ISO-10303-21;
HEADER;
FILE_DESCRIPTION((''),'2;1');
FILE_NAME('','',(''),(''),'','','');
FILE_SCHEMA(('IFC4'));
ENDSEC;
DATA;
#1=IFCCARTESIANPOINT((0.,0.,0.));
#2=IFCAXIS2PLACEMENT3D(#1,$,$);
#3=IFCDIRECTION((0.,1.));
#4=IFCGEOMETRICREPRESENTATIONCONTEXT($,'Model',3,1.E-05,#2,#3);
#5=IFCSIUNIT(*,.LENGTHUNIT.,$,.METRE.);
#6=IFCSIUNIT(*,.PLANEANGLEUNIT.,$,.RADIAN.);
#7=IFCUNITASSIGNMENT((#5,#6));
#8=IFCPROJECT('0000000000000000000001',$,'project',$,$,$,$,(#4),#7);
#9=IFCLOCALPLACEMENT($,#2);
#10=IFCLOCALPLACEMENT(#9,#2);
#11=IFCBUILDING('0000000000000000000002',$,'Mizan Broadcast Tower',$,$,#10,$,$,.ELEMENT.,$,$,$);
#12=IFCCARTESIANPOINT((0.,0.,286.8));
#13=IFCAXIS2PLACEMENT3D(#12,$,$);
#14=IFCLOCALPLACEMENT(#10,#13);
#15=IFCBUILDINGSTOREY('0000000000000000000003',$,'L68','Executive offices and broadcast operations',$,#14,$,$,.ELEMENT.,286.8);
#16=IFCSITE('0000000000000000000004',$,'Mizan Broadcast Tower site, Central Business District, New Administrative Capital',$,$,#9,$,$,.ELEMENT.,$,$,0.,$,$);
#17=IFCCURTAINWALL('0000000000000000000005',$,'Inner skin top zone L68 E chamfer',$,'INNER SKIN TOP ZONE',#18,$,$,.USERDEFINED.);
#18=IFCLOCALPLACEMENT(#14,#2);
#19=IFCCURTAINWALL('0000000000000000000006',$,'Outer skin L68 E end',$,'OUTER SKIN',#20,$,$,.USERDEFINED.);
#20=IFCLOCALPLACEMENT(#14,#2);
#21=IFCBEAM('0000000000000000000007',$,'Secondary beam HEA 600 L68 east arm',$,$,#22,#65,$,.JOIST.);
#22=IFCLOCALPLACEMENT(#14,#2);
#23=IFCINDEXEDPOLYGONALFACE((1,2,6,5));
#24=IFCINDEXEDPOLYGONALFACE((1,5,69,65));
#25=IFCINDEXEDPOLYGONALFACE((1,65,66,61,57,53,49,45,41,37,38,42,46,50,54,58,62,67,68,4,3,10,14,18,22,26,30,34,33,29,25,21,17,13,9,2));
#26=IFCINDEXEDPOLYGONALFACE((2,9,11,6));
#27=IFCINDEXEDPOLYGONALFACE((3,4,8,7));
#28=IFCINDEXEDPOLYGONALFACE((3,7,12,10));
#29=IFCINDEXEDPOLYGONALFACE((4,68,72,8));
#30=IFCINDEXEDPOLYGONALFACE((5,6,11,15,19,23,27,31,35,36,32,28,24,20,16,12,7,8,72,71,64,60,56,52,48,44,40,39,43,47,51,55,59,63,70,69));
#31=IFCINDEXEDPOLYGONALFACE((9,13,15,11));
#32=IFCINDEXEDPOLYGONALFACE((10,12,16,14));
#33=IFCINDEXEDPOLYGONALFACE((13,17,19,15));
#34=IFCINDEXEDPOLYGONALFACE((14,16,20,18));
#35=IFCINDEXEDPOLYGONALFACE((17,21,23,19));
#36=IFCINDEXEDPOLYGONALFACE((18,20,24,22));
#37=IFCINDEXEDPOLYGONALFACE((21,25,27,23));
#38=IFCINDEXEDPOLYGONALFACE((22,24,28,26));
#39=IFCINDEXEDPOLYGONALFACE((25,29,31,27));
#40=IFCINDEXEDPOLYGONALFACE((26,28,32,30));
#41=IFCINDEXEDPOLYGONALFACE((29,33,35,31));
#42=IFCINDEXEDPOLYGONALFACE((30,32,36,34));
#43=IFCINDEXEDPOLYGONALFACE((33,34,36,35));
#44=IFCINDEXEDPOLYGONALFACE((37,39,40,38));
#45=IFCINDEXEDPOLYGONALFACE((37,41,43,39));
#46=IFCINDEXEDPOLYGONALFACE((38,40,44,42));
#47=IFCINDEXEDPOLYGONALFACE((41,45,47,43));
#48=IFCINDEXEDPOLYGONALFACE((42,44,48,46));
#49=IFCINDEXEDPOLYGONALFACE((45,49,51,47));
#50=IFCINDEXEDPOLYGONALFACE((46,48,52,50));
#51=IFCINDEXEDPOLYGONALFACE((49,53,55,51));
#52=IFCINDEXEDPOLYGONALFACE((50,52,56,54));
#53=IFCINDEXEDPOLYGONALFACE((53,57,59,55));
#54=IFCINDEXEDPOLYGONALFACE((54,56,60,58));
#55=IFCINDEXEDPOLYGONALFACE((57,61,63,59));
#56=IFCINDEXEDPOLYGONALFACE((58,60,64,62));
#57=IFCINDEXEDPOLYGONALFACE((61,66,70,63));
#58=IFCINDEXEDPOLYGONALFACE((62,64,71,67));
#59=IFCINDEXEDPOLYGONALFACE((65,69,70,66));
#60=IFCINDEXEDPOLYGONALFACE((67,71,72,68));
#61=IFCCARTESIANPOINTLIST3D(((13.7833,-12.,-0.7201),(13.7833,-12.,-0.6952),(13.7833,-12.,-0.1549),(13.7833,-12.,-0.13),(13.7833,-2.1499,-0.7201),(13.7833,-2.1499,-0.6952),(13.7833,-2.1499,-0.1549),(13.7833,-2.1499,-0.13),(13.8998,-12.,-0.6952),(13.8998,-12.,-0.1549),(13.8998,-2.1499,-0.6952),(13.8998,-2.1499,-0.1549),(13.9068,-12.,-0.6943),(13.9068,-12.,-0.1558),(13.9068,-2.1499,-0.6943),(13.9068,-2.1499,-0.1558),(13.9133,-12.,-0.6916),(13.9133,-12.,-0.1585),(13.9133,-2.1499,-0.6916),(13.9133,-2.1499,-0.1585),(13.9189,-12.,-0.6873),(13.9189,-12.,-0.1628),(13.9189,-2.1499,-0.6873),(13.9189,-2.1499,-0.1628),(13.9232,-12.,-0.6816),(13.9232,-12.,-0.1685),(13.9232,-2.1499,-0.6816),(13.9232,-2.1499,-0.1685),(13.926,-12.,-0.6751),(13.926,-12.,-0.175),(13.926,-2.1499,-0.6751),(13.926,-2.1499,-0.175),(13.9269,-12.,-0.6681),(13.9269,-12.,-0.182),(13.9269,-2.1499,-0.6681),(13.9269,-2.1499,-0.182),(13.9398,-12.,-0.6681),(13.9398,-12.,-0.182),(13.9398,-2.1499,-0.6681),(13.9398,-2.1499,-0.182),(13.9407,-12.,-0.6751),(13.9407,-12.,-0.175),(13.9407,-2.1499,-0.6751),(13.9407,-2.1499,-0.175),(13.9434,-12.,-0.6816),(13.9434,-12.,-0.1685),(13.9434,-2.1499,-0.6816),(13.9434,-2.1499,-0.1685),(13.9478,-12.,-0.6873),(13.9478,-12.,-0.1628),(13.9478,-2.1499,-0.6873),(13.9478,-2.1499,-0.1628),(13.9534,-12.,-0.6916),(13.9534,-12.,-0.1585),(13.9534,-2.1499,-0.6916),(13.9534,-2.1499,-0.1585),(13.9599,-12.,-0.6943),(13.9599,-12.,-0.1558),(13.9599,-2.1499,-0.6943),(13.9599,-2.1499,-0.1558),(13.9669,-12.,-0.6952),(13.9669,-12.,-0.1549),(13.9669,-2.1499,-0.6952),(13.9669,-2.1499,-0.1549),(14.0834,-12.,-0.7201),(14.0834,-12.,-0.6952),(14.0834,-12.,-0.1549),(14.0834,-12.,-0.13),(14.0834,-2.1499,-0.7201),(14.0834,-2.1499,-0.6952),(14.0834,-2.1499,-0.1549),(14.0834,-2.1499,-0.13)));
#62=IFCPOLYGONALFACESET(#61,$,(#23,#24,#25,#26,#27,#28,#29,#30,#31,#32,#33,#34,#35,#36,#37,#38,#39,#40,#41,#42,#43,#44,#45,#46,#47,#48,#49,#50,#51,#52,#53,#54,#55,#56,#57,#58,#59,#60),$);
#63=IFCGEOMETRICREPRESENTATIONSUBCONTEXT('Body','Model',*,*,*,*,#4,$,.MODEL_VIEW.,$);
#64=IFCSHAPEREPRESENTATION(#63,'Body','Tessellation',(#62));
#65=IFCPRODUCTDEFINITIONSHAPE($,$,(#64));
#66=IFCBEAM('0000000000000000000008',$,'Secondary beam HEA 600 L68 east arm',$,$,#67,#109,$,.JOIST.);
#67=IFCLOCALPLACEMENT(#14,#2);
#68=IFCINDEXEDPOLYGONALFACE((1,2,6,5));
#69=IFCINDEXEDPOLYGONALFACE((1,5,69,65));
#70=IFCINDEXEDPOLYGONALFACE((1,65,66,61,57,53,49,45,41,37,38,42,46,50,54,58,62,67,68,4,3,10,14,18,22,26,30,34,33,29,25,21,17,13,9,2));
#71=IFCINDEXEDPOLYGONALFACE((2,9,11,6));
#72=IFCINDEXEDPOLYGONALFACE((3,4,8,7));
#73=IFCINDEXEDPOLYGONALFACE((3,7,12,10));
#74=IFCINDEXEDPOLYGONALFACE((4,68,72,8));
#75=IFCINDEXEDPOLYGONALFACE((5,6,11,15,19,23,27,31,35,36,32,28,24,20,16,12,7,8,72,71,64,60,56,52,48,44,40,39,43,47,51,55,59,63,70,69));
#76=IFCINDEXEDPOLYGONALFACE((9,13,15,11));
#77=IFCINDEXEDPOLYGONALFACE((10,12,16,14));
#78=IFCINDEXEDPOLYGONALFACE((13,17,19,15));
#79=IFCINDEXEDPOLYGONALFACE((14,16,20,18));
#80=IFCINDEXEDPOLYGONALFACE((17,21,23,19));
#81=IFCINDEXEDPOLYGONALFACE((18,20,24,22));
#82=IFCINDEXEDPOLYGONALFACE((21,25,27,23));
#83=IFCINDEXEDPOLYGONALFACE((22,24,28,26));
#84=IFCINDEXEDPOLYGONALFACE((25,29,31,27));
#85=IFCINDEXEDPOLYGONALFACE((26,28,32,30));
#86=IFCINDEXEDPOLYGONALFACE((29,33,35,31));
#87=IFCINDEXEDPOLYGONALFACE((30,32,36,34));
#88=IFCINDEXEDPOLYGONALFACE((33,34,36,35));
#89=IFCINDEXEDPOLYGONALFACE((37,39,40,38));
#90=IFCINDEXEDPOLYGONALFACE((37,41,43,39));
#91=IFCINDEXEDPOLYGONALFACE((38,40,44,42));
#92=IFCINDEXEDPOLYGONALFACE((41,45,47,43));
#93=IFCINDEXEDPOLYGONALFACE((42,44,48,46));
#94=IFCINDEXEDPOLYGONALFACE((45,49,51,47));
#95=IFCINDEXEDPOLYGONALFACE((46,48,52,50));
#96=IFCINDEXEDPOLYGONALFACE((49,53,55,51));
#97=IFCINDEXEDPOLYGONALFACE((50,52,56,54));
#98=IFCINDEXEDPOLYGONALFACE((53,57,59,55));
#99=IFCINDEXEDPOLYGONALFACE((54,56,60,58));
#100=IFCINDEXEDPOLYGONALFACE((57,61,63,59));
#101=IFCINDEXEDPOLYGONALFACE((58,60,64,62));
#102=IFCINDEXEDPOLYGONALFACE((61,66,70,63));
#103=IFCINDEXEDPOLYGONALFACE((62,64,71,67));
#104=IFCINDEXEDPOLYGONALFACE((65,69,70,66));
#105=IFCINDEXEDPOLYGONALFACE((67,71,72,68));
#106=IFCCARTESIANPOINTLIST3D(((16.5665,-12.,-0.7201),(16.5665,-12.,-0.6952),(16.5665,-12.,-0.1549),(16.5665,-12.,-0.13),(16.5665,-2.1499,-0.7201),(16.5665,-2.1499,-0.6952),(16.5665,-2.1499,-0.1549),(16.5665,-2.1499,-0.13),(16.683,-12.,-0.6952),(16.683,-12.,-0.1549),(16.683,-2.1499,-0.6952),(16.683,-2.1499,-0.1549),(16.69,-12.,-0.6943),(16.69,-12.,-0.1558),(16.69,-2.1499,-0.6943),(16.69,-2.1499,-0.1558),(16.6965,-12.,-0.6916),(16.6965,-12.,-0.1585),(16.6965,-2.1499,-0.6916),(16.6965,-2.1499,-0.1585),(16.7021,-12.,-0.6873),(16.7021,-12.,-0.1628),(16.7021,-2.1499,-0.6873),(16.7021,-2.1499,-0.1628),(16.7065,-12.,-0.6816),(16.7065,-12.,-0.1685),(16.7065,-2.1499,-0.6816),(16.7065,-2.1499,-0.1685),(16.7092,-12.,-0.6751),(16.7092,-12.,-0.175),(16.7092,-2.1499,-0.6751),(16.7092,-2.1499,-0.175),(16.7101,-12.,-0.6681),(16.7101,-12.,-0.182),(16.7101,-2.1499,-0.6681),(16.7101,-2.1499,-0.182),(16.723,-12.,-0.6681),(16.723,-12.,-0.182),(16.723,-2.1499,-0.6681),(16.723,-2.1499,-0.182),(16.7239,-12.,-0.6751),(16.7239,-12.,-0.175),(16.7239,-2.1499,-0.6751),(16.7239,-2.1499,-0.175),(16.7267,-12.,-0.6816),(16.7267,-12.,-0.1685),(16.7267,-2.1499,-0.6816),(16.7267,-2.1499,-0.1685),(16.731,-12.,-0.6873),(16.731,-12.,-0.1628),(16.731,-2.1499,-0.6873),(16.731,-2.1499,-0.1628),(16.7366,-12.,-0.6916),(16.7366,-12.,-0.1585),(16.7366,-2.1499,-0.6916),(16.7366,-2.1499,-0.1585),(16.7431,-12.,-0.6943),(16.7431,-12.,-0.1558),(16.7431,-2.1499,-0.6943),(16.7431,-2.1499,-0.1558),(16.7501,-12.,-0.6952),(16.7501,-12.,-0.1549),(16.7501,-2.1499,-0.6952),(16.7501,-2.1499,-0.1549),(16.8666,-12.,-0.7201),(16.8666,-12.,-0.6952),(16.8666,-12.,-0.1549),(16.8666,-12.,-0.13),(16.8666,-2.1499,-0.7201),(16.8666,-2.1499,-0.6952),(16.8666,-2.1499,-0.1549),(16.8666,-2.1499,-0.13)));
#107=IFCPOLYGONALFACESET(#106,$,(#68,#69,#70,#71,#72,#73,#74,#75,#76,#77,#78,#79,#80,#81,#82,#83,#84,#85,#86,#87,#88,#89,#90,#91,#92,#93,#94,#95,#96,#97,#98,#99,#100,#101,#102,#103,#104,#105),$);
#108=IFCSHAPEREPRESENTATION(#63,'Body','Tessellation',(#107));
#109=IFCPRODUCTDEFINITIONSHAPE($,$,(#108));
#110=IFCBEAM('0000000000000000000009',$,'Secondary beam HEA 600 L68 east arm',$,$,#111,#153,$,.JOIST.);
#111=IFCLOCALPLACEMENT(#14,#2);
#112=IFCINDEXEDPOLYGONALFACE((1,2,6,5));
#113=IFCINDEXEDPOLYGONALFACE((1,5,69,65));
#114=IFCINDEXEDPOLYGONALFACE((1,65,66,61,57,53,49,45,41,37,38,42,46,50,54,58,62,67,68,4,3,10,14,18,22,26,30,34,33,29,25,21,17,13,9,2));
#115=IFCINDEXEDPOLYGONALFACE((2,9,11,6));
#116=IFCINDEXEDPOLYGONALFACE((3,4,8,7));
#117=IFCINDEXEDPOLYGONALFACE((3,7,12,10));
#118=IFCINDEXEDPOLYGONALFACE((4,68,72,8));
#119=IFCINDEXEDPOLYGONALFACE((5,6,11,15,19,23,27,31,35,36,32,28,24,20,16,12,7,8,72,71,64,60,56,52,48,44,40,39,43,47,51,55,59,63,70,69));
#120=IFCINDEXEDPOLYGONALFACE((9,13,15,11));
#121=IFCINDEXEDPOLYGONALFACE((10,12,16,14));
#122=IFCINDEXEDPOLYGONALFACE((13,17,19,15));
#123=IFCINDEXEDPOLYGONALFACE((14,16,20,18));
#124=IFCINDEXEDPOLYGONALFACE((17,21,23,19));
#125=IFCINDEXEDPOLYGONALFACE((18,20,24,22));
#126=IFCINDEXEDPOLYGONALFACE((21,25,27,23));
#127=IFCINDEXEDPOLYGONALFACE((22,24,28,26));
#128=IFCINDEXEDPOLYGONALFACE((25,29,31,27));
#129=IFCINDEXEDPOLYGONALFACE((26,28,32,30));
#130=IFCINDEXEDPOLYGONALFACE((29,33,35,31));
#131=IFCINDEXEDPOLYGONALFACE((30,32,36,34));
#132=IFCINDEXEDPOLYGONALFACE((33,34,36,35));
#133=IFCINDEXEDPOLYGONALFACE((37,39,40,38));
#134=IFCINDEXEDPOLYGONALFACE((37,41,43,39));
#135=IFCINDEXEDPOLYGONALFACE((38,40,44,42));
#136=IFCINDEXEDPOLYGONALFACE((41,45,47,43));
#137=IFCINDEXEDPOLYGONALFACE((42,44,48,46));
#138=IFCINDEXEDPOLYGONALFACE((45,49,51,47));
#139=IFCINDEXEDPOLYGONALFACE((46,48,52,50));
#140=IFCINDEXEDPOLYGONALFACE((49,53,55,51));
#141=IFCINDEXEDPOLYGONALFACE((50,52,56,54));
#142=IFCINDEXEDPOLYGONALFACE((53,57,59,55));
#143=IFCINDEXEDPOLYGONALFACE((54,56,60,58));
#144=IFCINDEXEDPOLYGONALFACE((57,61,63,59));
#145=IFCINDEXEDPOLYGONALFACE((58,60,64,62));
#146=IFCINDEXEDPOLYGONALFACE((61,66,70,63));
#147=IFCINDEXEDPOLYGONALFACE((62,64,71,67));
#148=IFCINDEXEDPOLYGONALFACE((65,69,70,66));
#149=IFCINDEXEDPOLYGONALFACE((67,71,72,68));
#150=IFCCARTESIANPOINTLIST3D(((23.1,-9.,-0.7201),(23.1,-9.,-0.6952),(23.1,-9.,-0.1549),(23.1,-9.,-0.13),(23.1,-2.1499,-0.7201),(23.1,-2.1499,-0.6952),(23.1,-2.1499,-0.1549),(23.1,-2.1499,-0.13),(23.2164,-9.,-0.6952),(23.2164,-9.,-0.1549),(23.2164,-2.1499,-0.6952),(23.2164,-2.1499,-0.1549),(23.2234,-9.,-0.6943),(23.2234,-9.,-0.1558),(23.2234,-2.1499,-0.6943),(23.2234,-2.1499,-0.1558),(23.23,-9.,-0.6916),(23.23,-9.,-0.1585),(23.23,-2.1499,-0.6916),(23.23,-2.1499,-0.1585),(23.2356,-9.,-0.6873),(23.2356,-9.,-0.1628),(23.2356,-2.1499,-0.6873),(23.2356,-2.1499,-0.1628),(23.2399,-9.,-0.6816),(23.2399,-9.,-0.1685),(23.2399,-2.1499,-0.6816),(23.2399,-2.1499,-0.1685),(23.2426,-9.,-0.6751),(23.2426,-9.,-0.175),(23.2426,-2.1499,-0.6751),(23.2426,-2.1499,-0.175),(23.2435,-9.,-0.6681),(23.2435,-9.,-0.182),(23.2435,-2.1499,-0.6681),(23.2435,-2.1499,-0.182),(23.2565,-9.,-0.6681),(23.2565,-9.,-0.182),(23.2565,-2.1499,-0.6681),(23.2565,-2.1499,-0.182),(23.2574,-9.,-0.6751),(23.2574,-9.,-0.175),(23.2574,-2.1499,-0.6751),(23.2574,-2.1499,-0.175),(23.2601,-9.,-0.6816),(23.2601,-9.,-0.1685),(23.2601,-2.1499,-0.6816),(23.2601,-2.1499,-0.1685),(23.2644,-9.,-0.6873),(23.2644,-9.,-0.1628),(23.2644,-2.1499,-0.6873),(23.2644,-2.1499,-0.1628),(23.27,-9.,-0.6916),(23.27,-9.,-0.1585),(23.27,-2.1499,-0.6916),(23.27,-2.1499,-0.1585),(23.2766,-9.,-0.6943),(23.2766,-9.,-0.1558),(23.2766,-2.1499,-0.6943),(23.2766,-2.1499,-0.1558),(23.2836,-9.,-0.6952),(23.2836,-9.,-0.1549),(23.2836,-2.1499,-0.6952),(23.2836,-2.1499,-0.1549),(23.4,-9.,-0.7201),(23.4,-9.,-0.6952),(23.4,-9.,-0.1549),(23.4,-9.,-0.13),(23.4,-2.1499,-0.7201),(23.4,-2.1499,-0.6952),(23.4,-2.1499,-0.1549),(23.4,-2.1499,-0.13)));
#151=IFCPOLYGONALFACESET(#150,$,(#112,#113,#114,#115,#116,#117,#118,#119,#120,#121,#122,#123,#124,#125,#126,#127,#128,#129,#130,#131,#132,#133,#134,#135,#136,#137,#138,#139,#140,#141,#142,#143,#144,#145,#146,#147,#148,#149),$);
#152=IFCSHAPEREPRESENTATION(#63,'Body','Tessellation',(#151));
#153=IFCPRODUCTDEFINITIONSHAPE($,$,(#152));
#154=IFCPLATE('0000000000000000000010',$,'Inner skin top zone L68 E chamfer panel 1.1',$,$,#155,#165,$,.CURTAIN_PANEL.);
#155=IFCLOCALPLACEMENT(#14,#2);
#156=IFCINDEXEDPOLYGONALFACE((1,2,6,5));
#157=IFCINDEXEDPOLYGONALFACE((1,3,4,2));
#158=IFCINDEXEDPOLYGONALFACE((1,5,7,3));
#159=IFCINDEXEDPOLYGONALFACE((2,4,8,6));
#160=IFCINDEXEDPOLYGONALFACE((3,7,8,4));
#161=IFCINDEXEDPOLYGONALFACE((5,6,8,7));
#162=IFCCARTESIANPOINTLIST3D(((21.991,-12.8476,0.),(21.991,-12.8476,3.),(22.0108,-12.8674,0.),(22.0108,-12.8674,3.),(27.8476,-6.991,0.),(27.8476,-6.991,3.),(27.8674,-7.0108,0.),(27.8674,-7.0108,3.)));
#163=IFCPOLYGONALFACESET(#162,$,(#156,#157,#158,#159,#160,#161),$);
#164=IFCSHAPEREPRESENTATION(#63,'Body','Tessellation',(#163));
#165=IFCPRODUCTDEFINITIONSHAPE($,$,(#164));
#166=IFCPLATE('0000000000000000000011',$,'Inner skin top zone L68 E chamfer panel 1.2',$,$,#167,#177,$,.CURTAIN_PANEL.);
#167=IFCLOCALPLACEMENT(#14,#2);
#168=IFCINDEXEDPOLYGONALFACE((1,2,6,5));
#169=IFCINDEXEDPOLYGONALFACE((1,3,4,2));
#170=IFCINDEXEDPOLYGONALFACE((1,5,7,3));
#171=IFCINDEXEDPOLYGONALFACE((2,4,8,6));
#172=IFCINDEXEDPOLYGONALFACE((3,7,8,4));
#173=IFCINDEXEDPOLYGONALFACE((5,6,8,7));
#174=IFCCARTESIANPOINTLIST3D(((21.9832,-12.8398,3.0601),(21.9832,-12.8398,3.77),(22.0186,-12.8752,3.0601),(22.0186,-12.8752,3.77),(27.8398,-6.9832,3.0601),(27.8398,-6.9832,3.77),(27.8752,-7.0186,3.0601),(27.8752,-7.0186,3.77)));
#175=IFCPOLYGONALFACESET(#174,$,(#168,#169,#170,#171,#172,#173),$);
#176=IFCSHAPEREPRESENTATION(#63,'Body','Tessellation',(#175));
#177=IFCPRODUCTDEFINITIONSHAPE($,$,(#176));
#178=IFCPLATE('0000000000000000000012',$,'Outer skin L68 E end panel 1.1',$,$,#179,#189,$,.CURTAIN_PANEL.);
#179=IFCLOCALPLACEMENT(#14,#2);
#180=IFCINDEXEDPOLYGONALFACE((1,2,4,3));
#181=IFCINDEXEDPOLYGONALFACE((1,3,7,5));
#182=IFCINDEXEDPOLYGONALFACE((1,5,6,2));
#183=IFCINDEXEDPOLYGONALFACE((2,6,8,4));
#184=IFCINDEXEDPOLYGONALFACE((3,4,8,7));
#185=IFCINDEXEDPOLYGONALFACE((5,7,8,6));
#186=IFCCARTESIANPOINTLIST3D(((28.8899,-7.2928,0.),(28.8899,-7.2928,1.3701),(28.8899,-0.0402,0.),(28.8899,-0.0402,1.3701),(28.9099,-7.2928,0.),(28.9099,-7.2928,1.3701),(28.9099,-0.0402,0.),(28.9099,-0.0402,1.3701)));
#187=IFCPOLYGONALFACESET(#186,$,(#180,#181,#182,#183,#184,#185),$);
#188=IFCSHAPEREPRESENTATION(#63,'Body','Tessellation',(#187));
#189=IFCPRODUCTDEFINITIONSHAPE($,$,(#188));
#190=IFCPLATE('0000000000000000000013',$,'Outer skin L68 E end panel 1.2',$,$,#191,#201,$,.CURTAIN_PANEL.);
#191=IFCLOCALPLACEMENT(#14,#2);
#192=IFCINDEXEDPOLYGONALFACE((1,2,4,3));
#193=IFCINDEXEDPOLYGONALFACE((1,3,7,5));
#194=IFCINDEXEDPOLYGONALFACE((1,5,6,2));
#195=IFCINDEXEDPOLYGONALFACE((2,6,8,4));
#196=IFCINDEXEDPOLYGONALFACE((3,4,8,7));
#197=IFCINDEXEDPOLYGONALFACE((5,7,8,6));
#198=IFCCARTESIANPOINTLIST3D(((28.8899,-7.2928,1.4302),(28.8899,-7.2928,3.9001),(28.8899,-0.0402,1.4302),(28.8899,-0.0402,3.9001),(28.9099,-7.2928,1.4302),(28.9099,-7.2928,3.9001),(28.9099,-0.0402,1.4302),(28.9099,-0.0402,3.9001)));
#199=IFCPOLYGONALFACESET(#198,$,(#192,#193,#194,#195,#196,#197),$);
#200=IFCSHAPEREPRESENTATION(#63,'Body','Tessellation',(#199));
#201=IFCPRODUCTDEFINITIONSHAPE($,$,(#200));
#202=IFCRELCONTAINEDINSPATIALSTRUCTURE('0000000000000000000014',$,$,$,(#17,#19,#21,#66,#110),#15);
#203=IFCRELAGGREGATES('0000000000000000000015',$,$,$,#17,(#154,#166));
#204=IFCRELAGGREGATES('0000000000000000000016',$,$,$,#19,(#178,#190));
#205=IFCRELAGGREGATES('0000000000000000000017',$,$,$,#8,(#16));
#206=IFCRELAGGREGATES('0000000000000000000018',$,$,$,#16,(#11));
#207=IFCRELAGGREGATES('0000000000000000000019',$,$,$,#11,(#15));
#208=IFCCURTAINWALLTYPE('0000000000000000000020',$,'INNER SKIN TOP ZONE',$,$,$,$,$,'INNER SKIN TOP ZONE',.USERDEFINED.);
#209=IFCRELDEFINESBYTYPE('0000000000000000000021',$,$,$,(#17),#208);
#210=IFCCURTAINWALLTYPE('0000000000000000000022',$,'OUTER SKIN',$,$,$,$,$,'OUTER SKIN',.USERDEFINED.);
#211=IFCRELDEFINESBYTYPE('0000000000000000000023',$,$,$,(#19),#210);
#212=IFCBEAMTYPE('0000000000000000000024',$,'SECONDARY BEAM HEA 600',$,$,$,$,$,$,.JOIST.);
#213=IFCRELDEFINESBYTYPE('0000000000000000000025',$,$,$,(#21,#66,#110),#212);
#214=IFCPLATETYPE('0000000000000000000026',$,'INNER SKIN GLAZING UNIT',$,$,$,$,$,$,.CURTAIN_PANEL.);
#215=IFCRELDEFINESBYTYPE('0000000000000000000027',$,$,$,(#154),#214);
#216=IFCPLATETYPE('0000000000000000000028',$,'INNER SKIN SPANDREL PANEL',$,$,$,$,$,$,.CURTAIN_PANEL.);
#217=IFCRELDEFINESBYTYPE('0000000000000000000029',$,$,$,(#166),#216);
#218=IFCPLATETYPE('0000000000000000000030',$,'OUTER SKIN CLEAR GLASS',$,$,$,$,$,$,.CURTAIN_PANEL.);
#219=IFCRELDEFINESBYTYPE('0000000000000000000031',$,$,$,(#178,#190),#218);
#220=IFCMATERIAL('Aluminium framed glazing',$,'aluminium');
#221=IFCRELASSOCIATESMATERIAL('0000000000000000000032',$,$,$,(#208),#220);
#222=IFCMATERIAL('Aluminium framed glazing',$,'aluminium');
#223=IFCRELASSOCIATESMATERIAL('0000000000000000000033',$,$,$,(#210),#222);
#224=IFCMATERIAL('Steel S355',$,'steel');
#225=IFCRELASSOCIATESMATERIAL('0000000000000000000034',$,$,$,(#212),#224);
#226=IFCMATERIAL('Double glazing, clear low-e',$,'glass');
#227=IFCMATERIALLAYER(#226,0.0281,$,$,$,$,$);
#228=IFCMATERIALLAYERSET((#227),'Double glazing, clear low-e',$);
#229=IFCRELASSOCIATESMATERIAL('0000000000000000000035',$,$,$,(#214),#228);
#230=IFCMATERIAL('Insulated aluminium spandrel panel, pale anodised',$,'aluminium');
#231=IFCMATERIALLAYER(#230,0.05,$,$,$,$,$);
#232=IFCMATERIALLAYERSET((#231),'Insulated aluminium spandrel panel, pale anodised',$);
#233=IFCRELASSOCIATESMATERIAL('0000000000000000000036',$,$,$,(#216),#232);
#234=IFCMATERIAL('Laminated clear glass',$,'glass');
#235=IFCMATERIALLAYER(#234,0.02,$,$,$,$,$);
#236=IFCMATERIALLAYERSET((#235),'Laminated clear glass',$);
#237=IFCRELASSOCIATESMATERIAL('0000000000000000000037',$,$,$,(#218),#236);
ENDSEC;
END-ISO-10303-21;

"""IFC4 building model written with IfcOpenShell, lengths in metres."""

from ifc_helpers import new_model, si_unit, direction, frame, origin, origin_2d, place, context, subcontext, project, spatial, rectangle, i_section, extrude, material, layer, layer_set, material_profile, profile_set, type_object, element, aggregate, save


model = new_model("IFC4")

# Units and contexts
model_context = context("Model", 3, precision=1e-05, world=origin(), true_north=direction((0.0, 1.0)))
body_context = subcontext(model_context, "Body", "Model", "MODEL_VIEW")
ifc_project = project(units=[si_unit("LENGTHUNIT", "METRE"), si_unit("PLANEANGLEUNIT", "RADIAN")], contexts=[model_context])

# Site, building, storey
site_placement = place(None, origin())
site = spatial("IfcSite", under=ifc_project, at=site_placement, Name="Mizan Broadcast Tower site, Central Business District, New Administrative Capital", CompositionType="ELEMENT", RefElevation=0.0)
building_placement = place(site_placement, origin())
building = spatial("IfcBuilding", under=site, at=building_placement, Name="Mizan Broadcast Tower", CompositionType="ELEMENT")
storey_placement = place(building_placement, frame((0.0, 0.0, 286.8)))
storey = spatial("IfcBuildingStorey", under=building, at=storey_placement, Name="L68", Description="Executive offices and broadcast operations", CompositionType="ELEMENT", Elevation=286.8)

# Curtain wall
ifc_material_1 = material(Name="Aluminium framed glazing", Category="aluminium")
curtain_wall_type_1 = type_object("IfcCurtainWallType", Name="INNER SKIN TOP ZONE", ElementType="INNER SKIN TOP ZONE", PredefinedType="USERDEFINED", material=ifc_material_1)
curtain_wall_1_placement = place(storey_placement, origin())
curtain_wall_1 = element("IfcCurtainWall", 1, at=curtain_wall_1_placement, inside=storey, type_object=curtain_wall_type_1, Name="Inner skin top zone L68 E chamfer", ObjectType="INNER SKIN TOP ZONE", PredefinedType="USERDEFINED")

# Shared definitions
ifc_material_2 = material(Name="Aluminium framed glazing", Category="aluminium")
curtain_wall_type_2 = type_object("IfcCurtainWallType", Name="OUTER SKIN", ElementType="OUTER SKIN", PredefinedType="USERDEFINED", material=ifc_material_2)

# Curtain wall
curtain_wall_2_placement = place(storey_placement, origin())
curtain_wall_2 = element("IfcCurtainWall", 2, at=curtain_wall_2_placement, inside=storey, type_object=curtain_wall_type_2, Name="Outer skin L68 E end", ObjectType="OUTER SKIN", PredefinedType="USERDEFINED")

# Beams
ifc_material_3 = material(Name="Steel S355", Category="steel")
ifc_material_profile_1 = material_profile(ifc_material_3, i_section(OverallWidth=0.3, OverallDepth=0.5901, WebThickness=0.0129, FlangeThickness=0.0249, FilletRadius=0.0271, at=origin_2d()), Name="HEA 600")
ifc_profile_set_1 = profile_set([ifc_material_profile_1], Name="Steel S355")
beam_type_1 = type_object("IfcBeamType", Name="SECONDARY BEAM HEA 600", PredefinedType="JOIST", material=ifc_profile_set_1)
for number, where, z_axis, x_axis, name in (
    (3, (13.9333, -12.0, -0.425), (0.0, 1.0, 0.0), (-1.0, 0.0, 0.0), "Secondary beam HEA 600 L68 east arm"),
    (4, (16.7166, -12.0, -0.425), (0.0, 1.0, 0.0), (-1.0, 0.0, 0.0), "Secondary beam HEA 600 L68 east arm"),
):
    element("IfcBeam", number, at=place(storey_placement, frame(where, z_axis=z_axis, x_axis=x_axis)), inside=storey, type_object=beam_type_1, Name=name, PredefinedType="JOIST", context=body_context, shape_type="SweptSolid", body=[
        extrude(i_section(OverallWidth=0.3, OverallDepth=0.5901, WebThickness=0.0129, FlangeThickness=0.0249, FilletRadius=0.0271, at=origin_2d()), origin(), (0.0, 0.0, 1.0), 9.8501),
    ])
beam_1_placement = place(storey_placement, frame((23.25, -9.0, -0.425), z_axis=(0.0, 1.0, 0.0), x_axis=(-1.0, 0.0, 0.0)))
element("IfcBeam", 5, at=beam_1_placement, inside=storey, type_object=beam_type_1, Name="Secondary beam HEA 600 L68 east arm", PredefinedType="JOIST", context=body_context, shape_type="SweptSolid", body=[
    extrude(i_section(OverallWidth=0.3, OverallDepth=0.5901, WebThickness=0.0129, FlangeThickness=0.0249, FilletRadius=0.0271, at=origin_2d()), origin(), (0.0, 0.0, 1.0), 6.8501),
])

# Plates
ifc_material_4 = material(Name="Double glazing, clear low-e", Category="glass")
ifc_layer_1 = layer(ifc_material_4, 0.0281)
ifc_layer_set_1 = layer_set([ifc_layer_1], Name="Double glazing, clear low-e")
plate_type_1 = type_object("IfcPlateType", Name="INNER SKIN GLAZING UNIT", PredefinedType="CURTAIN_PANEL", material=ifc_layer_set_1)
plate_1_placement = place(storey_placement, frame((24.9292, -9.9292, 0.0), z_axis=(0.0, 0.0, 1.0), x_axis=(0.707107, 0.707107, 0.0)))
plate_1 = element("IfcPlate", 6, at=plate_1_placement, type_object=plate_type_1, Name="Inner skin top zone L68 E chamfer panel 1.1", PredefinedType="CURTAIN_PANEL", context=body_context, shape_type="SweptSolid", body=[
    extrude(rectangle(XDim=8.2825, YDim=0.0281, at=origin_2d()), origin(), (0.0, 0.0, 1.0), 3.0),
])
ifc_material_5 = material(Name="Insulated aluminium spandrel panel, pale anodised", Category="aluminium")
ifc_layer_2 = layer(ifc_material_5, 0.05)
ifc_layer_set_2 = layer_set([ifc_layer_2], Name="Insulated aluminium spandrel panel, pale anodised")
plate_type_2 = type_object("IfcPlateType", Name="INNER SKIN SPANDREL PANEL", PredefinedType="CURTAIN_PANEL", material=ifc_layer_set_2)
plate_2_placement = place(storey_placement, frame((24.9292, -9.9292, 3.0601), z_axis=(0.0, 0.0, 1.0), x_axis=(0.707107, 0.707107, 0.0)))
plate_2 = element("IfcPlate", 7, at=plate_2_placement, type_object=plate_type_2, Name="Inner skin top zone L68 E chamfer panel 1.2", PredefinedType="CURTAIN_PANEL", context=body_context, shape_type="SweptSolid", body=[
    extrude(rectangle(XDim=8.2825, YDim=0.05, at=origin_2d()), origin(), (0.0, 0.0, 1.0), 0.71),
])
aggregate(curtain_wall_1, [plate_1, plate_2])
ifc_material_6 = material(Name="Laminated clear glass", Category="glass")
ifc_layer_3 = layer(ifc_material_6, 0.02)
ifc_layer_set_3 = layer_set([ifc_layer_3], Name="Laminated clear glass")
plate_type_3 = type_object("IfcPlateType", Name="OUTER SKIN CLEAR GLASS", PredefinedType="CURTAIN_PANEL", material=ifc_layer_set_3)
plate_3_placement = place(storey_placement, frame((28.8999, -3.6665, 0.0), z_axis=(0.0, 0.0, 1.0), x_axis=(0.0, 1.0, 0.0)))
plate_3 = element("IfcPlate", 8, at=plate_3_placement, type_object=plate_type_3, Name="Outer skin L68 E end panel 1.1", PredefinedType="CURTAIN_PANEL", context=body_context, shape_type="SweptSolid", body=[
    extrude(rectangle(XDim=7.2527, YDim=0.02, at=origin_2d()), origin(), (0.0, 0.0, 1.0), 1.3701),
])
plate_4_placement = place(storey_placement, frame((28.8999, -3.6665, 1.4302), z_axis=(0.0, 0.0, 1.0), x_axis=(0.0, 1.0, 0.0)))
plate_4 = element("IfcPlate", 9, at=plate_4_placement, type_object=plate_type_3, Name="Outer skin L68 E end panel 1.2", PredefinedType="CURTAIN_PANEL", context=body_context, shape_type="SweptSolid", body=[
    extrude(rectangle(XDim=7.2527, YDim=0.02, at=origin_2d()), origin(), (0.0, 0.0, 1.0), 2.47),
])
aggregate(curtain_wall_2, [plate_3, plate_4])

save(model, "model.ifc")
